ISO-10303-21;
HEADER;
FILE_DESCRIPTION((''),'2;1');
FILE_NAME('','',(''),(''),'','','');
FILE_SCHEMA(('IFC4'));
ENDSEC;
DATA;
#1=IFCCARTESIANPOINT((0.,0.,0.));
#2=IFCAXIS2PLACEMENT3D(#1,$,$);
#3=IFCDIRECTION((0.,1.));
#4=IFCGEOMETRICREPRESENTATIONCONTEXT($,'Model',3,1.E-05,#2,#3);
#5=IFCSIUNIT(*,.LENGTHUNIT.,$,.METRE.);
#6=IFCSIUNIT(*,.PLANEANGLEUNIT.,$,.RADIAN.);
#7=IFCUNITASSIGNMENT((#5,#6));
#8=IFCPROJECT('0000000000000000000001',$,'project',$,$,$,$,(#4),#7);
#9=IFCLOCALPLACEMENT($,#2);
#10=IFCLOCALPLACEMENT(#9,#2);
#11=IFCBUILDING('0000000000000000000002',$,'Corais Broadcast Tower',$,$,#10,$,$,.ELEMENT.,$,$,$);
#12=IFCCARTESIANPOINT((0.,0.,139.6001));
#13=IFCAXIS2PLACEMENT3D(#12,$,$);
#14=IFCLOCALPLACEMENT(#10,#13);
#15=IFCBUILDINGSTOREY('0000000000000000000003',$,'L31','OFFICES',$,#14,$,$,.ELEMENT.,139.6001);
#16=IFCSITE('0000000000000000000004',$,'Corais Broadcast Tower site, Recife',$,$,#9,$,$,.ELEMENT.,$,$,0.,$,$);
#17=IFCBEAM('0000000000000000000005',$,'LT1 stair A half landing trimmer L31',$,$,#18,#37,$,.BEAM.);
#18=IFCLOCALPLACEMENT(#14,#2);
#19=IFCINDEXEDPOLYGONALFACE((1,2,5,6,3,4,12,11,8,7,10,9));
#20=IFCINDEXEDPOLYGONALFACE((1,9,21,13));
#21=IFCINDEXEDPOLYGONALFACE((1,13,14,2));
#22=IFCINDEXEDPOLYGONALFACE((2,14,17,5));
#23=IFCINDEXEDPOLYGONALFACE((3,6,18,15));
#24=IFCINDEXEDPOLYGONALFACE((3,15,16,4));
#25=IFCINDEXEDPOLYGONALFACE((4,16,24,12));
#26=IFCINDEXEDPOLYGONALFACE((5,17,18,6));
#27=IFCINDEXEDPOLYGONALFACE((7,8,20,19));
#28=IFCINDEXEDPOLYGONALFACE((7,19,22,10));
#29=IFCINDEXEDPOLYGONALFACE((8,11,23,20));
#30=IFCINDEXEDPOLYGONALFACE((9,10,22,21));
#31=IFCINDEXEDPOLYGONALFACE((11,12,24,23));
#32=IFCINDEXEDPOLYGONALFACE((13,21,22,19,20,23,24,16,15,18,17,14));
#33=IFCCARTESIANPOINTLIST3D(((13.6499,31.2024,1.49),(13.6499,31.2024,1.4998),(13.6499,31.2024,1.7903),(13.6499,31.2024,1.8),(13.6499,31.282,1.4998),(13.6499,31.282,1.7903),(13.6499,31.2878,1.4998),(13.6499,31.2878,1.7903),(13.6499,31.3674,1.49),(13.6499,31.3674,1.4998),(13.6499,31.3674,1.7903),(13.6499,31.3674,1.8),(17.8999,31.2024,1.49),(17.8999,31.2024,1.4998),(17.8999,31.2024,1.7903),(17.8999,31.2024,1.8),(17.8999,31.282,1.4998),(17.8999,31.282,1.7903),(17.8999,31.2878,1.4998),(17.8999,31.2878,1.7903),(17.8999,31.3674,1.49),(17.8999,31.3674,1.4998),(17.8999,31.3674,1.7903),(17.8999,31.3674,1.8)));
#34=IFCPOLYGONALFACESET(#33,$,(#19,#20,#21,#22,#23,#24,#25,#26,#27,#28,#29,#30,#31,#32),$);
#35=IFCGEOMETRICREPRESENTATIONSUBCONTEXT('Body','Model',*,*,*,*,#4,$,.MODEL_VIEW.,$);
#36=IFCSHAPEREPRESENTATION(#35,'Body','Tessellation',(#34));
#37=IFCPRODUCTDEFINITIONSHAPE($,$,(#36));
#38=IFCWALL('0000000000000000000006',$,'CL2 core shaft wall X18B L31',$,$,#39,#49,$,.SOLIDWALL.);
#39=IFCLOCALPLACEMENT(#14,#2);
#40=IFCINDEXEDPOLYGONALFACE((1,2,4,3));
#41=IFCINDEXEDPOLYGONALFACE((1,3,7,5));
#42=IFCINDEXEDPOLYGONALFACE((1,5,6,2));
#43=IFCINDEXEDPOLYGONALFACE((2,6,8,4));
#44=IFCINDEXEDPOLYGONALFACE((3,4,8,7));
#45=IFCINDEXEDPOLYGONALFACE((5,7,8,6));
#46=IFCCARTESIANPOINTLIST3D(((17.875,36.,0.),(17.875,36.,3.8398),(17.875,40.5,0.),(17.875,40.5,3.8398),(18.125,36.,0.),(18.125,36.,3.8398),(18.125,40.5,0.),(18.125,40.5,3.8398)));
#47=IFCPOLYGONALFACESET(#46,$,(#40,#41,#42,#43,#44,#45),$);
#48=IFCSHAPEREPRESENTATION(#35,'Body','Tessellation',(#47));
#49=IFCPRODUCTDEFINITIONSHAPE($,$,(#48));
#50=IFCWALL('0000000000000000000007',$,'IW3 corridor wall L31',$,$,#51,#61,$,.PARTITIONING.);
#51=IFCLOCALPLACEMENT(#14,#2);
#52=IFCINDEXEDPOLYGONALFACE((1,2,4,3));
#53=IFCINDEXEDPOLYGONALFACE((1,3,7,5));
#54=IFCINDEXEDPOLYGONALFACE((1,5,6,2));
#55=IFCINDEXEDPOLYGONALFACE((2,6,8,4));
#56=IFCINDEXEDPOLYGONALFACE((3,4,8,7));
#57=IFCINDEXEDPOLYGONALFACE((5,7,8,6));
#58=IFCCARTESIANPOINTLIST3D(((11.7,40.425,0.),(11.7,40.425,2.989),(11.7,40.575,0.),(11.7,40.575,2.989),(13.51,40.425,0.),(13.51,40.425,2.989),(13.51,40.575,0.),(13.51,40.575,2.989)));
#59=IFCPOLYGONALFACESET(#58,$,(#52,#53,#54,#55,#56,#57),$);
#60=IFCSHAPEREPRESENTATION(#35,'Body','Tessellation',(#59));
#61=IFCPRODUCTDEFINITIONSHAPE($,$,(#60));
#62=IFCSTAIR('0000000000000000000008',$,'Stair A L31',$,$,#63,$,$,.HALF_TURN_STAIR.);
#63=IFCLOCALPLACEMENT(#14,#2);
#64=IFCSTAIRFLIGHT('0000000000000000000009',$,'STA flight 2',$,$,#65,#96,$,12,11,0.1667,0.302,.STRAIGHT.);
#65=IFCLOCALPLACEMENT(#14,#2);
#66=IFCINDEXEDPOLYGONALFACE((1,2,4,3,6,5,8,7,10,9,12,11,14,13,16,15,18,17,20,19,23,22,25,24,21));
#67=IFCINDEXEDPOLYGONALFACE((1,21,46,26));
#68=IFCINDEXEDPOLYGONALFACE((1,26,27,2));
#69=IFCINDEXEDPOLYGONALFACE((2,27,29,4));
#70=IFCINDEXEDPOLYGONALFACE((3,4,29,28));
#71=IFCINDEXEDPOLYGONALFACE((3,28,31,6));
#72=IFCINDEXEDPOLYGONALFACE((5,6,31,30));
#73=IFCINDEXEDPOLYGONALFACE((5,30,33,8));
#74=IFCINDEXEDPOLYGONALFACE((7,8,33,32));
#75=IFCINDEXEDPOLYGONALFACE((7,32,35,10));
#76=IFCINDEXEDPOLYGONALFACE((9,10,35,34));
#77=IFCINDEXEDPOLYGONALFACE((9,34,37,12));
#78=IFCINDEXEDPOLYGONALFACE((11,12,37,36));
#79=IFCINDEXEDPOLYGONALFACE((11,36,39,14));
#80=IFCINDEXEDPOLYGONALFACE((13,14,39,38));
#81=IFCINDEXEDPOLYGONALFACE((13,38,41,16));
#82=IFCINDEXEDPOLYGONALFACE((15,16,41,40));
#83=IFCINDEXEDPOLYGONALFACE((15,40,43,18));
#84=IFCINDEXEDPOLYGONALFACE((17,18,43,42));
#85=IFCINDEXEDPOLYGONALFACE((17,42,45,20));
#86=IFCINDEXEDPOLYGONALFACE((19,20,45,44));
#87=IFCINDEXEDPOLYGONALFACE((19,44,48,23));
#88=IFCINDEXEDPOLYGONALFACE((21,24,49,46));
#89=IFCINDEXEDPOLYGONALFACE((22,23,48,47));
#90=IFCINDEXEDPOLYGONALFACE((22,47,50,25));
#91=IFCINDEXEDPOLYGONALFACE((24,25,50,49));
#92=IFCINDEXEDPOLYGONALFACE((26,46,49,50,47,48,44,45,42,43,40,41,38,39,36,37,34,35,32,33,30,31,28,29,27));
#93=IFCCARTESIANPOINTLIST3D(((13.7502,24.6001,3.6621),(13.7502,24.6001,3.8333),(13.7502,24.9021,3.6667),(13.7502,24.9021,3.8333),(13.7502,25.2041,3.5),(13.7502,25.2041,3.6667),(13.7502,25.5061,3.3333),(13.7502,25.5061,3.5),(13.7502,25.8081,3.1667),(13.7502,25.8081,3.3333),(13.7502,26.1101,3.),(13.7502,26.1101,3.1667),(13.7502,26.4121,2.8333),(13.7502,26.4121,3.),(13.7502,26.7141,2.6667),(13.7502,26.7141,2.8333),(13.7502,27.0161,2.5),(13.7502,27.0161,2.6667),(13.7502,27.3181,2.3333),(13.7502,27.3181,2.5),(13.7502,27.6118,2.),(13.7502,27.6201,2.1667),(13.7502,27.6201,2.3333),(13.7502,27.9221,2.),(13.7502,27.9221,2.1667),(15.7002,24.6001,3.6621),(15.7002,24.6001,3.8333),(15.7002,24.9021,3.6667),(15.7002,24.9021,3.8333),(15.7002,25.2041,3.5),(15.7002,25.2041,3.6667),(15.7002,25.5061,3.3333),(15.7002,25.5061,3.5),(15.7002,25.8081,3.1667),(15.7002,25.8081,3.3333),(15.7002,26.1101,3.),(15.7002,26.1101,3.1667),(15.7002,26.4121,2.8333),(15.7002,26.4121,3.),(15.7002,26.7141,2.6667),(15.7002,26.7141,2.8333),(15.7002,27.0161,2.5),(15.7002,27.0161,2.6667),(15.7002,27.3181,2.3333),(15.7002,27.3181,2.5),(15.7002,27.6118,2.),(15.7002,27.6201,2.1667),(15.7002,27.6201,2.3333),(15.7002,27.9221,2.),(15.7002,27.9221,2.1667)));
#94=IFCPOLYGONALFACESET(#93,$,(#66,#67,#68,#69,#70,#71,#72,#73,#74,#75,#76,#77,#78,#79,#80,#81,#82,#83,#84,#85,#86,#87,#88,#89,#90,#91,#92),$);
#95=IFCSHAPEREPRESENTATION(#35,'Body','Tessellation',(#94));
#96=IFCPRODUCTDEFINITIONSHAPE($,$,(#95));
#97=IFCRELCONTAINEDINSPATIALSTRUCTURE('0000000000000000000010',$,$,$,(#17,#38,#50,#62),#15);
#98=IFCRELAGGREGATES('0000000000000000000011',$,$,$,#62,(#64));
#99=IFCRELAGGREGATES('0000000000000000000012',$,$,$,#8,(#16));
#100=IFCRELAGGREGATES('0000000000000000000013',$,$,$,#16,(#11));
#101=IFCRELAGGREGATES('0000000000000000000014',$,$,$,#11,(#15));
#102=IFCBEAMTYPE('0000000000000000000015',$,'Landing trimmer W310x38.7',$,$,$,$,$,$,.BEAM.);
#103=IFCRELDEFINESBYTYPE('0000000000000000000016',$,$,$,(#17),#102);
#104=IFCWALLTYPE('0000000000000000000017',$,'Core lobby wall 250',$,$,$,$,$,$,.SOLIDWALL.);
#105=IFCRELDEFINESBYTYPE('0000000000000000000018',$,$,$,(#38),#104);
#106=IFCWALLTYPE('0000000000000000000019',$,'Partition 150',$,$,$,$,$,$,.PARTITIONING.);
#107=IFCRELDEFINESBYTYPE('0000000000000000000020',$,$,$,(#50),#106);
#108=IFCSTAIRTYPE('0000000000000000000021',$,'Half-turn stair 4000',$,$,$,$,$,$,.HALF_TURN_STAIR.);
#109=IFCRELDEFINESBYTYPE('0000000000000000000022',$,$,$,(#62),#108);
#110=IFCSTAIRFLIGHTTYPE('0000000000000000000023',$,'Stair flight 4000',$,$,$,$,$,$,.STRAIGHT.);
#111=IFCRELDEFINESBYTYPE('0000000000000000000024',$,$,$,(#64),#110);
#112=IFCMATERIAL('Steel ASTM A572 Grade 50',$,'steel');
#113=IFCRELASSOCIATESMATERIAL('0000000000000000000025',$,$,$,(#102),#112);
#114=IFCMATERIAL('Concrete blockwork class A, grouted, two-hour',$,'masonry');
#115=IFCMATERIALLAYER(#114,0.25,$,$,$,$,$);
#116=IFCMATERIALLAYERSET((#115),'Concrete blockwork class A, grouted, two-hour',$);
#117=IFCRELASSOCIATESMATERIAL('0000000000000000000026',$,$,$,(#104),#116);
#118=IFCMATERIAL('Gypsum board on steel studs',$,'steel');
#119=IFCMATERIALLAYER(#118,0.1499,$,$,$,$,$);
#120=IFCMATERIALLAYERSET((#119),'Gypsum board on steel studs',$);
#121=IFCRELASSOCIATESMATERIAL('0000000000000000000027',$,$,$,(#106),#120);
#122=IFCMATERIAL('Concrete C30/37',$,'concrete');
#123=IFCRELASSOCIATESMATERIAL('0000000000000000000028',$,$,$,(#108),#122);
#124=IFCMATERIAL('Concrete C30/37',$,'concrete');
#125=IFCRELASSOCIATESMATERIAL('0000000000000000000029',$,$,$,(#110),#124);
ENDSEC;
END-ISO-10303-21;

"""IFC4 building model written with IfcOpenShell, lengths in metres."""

from ifc_helpers import new_model, si_unit, direction, frame, frame_2d, origin, origin_2d, place, context, subcontext, project, spatial, polyline, rectangle, i_section, outline, extrude, material, layer, layer_set, material_profile, profile_set, type_object, element, aggregate, save


model = new_model("IFC4")

# Units and contexts
model_context = context("Model", 3, precision=1e-05, world=origin(), true_north=direction((0.0, 1.0)))
body_context = subcontext(model_context, "Body", "Model", "MODEL_VIEW")
ifc_project = project(units=[si_unit("LENGTHUNIT", "METRE"), si_unit("PLANEANGLEUNIT", "RADIAN")], contexts=[model_context])

# Site, building, storey
site_placement = place(None, origin())
site = spatial("IfcSite", under=ifc_project, at=site_placement, Name="Corais Broadcast Tower site, Recife", CompositionType="ELEMENT", RefElevation=0.0)
building_placement = place(site_placement, origin())
building = spatial("IfcBuilding", under=site, at=building_placement, Name="Corais Broadcast Tower", CompositionType="ELEMENT")
storey_placement = place(building_placement, frame((0.0, 0.0, 139.6001)))
storey = spatial("IfcBuildingStorey", under=building, at=storey_placement, Name="L31", Description="OFFICES", CompositionType="ELEMENT", Elevation=139.6001)

# Beam
ifc_material_1 = material(Name="Steel ASTM A572 Grade 50", Category="steel")
ifc_material_profile = material_profile(ifc_material_1, i_section(OverallWidth=0.165, OverallDepth=0.3101, WebThickness=0.0059, FlangeThickness=0.0098, at=origin_2d()), Name="W310x38.7")
ifc_profile_set = profile_set([ifc_material_profile], Name="Steel ASTM A572 Grade 50")
beam_type = type_object("IfcBeamType", Name="Landing trimmer W310x38.7", PredefinedType="BEAM", material=ifc_profile_set)
beam_placement = place(storey_placement, frame((13.6499, 31.2849, 1.645), z_axis=(1.0, 0.0, 0.0), x_axis=(0.0, 1.0, 0.0)))
element("IfcBeam", 1, at=beam_placement, inside=storey, type_object=beam_type, Name="LT1 stair A half landing trimmer L31", PredefinedType="BEAM", context=body_context, shape_type="SweptSolid", body=[
    extrude(i_section(OverallWidth=0.165, OverallDepth=0.3101, WebThickness=0.0059, FlangeThickness=0.0098, at=origin_2d()), origin(), (0.0, 0.0, 1.0), 4.25),
])

# Walls
ifc_material_2 = material(Name="Concrete blockwork class A, grouted, two-hour", Category="masonry")
ifc_layer_1 = layer(ifc_material_2, 0.25)
ifc_layer_set_1 = layer_set([ifc_layer_1], Name="Concrete blockwork class A, grouted, two-hour")
wall_type_1 = type_object("IfcWallType", Name="Core lobby wall 250", PredefinedType="SOLIDWALL", material=ifc_layer_set_1)
wall_1_placement = place(storey_placement, frame((18.0, 36.0, 0.0), z_axis=(0.0, 0.0, 1.0), x_axis=(0.0, 1.0, 0.0)))
element("IfcWall", 2, at=wall_1_placement, inside=storey, type_object=wall_type_1, Name="CL2 core shaft wall X18B L31", PredefinedType="SOLIDWALL", context=body_context, shape_type="SweptSolid", body=[
    extrude(rectangle(XDim=4.5, YDim=0.25, at=frame_2d((2.25, 0.0))), origin(), (0.0, 0.0, 1.0), 3.8398),
])
ifc_material_3 = material(Name="Gypsum board on steel studs", Category="steel")
ifc_layer_2 = layer(ifc_material_3, 0.1499)
ifc_layer_set_2 = layer_set([ifc_layer_2], Name="Gypsum board on steel studs")
wall_type_2 = type_object("IfcWallType", Name="Partition 150", PredefinedType="PARTITIONING", material=ifc_layer_set_2)
wall_2_placement = place(storey_placement, frame((13.51, 40.5, 0.0), z_axis=(0.0, 0.0, 1.0), x_axis=(-1.0, 0.0, 0.0)))
element("IfcWall", 3, at=wall_2_placement, inside=storey, type_object=wall_type_2, Name="IW3 corridor wall L31", PredefinedType="PARTITIONING", context=body_context, shape_type="SweptSolid", body=[
    extrude(rectangle(XDim=1.8101, YDim=0.1499, at=frame_2d((0.905, 0.0))), origin(), (0.0, 0.0, 1.0), 2.989),
])

# Stair, stair flight
ifc_material_4 = material(Name="Concrete C30/37", Category="concrete")
stair_type = type_object("IfcStairType", Name="Half-turn stair 4000", PredefinedType="HALF_TURN_STAIR", material=ifc_material_4)
stair_placement = place(storey_placement, origin())
stair = element("IfcStair", 4, at=stair_placement, inside=storey, type_object=stair_type, Name="Stair A L31", PredefinedType="HALF_TURN_STAIR")
ifc_material_5 = material(Name="Concrete C30/37", Category="concrete")
stair_flight_type = type_object("IfcStairFlightType", Name="Stair flight 4000", PredefinedType="STRAIGHT", material=ifc_material_5)
stair_flight_placement = place(storey_placement, frame((14.7251, 27.9221, 2.0), z_axis=(0.0, 0.0, 1.0), x_axis=(0.0, -1.0, 0.0)))
stair_flight = element("IfcStairFlight", 5, at=stair_flight_placement, type_object=stair_flight_type, Name="STA flight 2", NumberOfRisers=12, NumberOfTreads=11, PredefinedType="STRAIGHT", RiserHeight=0.1667, TreadLength=0.302, context=body_context, shape_type="SweptSolid", body=[
    extrude(outline(polyline([(0.0, 0.0), (0.0, 0.1667), (0.302, 0.1667), (0.302, 0.3333), (0.604, 0.3333), (0.604, 0.5), (0.906, 0.5), (0.906, 0.6667), (1.208, 0.6667), (1.208, 0.8333), (1.51, 0.8333), (1.51, 1.0), (1.812, 1.0), (1.812, 1.1667), (2.114, 1.1667), (2.114, 1.3333), (2.416, 1.3333), (2.416, 1.5), (2.718, 1.5), (2.718, 1.6667), (3.02, 1.6667), (3.02, 1.8333), (3.322, 1.8333), (3.322, 2.0), (3.322, 1.6621), (0.3103, 0.0), (0.0, 0.0)])), frame((0.0, 0.9751, 0.0), z_axis=(0.0, -1.0, 0.0), x_axis=(1.0, 0.0, 0.0)), (0.0, 0.0, 1.0), 1.95),
])
aggregate(stair, [stair_flight])

save(model, "model.ifc")
